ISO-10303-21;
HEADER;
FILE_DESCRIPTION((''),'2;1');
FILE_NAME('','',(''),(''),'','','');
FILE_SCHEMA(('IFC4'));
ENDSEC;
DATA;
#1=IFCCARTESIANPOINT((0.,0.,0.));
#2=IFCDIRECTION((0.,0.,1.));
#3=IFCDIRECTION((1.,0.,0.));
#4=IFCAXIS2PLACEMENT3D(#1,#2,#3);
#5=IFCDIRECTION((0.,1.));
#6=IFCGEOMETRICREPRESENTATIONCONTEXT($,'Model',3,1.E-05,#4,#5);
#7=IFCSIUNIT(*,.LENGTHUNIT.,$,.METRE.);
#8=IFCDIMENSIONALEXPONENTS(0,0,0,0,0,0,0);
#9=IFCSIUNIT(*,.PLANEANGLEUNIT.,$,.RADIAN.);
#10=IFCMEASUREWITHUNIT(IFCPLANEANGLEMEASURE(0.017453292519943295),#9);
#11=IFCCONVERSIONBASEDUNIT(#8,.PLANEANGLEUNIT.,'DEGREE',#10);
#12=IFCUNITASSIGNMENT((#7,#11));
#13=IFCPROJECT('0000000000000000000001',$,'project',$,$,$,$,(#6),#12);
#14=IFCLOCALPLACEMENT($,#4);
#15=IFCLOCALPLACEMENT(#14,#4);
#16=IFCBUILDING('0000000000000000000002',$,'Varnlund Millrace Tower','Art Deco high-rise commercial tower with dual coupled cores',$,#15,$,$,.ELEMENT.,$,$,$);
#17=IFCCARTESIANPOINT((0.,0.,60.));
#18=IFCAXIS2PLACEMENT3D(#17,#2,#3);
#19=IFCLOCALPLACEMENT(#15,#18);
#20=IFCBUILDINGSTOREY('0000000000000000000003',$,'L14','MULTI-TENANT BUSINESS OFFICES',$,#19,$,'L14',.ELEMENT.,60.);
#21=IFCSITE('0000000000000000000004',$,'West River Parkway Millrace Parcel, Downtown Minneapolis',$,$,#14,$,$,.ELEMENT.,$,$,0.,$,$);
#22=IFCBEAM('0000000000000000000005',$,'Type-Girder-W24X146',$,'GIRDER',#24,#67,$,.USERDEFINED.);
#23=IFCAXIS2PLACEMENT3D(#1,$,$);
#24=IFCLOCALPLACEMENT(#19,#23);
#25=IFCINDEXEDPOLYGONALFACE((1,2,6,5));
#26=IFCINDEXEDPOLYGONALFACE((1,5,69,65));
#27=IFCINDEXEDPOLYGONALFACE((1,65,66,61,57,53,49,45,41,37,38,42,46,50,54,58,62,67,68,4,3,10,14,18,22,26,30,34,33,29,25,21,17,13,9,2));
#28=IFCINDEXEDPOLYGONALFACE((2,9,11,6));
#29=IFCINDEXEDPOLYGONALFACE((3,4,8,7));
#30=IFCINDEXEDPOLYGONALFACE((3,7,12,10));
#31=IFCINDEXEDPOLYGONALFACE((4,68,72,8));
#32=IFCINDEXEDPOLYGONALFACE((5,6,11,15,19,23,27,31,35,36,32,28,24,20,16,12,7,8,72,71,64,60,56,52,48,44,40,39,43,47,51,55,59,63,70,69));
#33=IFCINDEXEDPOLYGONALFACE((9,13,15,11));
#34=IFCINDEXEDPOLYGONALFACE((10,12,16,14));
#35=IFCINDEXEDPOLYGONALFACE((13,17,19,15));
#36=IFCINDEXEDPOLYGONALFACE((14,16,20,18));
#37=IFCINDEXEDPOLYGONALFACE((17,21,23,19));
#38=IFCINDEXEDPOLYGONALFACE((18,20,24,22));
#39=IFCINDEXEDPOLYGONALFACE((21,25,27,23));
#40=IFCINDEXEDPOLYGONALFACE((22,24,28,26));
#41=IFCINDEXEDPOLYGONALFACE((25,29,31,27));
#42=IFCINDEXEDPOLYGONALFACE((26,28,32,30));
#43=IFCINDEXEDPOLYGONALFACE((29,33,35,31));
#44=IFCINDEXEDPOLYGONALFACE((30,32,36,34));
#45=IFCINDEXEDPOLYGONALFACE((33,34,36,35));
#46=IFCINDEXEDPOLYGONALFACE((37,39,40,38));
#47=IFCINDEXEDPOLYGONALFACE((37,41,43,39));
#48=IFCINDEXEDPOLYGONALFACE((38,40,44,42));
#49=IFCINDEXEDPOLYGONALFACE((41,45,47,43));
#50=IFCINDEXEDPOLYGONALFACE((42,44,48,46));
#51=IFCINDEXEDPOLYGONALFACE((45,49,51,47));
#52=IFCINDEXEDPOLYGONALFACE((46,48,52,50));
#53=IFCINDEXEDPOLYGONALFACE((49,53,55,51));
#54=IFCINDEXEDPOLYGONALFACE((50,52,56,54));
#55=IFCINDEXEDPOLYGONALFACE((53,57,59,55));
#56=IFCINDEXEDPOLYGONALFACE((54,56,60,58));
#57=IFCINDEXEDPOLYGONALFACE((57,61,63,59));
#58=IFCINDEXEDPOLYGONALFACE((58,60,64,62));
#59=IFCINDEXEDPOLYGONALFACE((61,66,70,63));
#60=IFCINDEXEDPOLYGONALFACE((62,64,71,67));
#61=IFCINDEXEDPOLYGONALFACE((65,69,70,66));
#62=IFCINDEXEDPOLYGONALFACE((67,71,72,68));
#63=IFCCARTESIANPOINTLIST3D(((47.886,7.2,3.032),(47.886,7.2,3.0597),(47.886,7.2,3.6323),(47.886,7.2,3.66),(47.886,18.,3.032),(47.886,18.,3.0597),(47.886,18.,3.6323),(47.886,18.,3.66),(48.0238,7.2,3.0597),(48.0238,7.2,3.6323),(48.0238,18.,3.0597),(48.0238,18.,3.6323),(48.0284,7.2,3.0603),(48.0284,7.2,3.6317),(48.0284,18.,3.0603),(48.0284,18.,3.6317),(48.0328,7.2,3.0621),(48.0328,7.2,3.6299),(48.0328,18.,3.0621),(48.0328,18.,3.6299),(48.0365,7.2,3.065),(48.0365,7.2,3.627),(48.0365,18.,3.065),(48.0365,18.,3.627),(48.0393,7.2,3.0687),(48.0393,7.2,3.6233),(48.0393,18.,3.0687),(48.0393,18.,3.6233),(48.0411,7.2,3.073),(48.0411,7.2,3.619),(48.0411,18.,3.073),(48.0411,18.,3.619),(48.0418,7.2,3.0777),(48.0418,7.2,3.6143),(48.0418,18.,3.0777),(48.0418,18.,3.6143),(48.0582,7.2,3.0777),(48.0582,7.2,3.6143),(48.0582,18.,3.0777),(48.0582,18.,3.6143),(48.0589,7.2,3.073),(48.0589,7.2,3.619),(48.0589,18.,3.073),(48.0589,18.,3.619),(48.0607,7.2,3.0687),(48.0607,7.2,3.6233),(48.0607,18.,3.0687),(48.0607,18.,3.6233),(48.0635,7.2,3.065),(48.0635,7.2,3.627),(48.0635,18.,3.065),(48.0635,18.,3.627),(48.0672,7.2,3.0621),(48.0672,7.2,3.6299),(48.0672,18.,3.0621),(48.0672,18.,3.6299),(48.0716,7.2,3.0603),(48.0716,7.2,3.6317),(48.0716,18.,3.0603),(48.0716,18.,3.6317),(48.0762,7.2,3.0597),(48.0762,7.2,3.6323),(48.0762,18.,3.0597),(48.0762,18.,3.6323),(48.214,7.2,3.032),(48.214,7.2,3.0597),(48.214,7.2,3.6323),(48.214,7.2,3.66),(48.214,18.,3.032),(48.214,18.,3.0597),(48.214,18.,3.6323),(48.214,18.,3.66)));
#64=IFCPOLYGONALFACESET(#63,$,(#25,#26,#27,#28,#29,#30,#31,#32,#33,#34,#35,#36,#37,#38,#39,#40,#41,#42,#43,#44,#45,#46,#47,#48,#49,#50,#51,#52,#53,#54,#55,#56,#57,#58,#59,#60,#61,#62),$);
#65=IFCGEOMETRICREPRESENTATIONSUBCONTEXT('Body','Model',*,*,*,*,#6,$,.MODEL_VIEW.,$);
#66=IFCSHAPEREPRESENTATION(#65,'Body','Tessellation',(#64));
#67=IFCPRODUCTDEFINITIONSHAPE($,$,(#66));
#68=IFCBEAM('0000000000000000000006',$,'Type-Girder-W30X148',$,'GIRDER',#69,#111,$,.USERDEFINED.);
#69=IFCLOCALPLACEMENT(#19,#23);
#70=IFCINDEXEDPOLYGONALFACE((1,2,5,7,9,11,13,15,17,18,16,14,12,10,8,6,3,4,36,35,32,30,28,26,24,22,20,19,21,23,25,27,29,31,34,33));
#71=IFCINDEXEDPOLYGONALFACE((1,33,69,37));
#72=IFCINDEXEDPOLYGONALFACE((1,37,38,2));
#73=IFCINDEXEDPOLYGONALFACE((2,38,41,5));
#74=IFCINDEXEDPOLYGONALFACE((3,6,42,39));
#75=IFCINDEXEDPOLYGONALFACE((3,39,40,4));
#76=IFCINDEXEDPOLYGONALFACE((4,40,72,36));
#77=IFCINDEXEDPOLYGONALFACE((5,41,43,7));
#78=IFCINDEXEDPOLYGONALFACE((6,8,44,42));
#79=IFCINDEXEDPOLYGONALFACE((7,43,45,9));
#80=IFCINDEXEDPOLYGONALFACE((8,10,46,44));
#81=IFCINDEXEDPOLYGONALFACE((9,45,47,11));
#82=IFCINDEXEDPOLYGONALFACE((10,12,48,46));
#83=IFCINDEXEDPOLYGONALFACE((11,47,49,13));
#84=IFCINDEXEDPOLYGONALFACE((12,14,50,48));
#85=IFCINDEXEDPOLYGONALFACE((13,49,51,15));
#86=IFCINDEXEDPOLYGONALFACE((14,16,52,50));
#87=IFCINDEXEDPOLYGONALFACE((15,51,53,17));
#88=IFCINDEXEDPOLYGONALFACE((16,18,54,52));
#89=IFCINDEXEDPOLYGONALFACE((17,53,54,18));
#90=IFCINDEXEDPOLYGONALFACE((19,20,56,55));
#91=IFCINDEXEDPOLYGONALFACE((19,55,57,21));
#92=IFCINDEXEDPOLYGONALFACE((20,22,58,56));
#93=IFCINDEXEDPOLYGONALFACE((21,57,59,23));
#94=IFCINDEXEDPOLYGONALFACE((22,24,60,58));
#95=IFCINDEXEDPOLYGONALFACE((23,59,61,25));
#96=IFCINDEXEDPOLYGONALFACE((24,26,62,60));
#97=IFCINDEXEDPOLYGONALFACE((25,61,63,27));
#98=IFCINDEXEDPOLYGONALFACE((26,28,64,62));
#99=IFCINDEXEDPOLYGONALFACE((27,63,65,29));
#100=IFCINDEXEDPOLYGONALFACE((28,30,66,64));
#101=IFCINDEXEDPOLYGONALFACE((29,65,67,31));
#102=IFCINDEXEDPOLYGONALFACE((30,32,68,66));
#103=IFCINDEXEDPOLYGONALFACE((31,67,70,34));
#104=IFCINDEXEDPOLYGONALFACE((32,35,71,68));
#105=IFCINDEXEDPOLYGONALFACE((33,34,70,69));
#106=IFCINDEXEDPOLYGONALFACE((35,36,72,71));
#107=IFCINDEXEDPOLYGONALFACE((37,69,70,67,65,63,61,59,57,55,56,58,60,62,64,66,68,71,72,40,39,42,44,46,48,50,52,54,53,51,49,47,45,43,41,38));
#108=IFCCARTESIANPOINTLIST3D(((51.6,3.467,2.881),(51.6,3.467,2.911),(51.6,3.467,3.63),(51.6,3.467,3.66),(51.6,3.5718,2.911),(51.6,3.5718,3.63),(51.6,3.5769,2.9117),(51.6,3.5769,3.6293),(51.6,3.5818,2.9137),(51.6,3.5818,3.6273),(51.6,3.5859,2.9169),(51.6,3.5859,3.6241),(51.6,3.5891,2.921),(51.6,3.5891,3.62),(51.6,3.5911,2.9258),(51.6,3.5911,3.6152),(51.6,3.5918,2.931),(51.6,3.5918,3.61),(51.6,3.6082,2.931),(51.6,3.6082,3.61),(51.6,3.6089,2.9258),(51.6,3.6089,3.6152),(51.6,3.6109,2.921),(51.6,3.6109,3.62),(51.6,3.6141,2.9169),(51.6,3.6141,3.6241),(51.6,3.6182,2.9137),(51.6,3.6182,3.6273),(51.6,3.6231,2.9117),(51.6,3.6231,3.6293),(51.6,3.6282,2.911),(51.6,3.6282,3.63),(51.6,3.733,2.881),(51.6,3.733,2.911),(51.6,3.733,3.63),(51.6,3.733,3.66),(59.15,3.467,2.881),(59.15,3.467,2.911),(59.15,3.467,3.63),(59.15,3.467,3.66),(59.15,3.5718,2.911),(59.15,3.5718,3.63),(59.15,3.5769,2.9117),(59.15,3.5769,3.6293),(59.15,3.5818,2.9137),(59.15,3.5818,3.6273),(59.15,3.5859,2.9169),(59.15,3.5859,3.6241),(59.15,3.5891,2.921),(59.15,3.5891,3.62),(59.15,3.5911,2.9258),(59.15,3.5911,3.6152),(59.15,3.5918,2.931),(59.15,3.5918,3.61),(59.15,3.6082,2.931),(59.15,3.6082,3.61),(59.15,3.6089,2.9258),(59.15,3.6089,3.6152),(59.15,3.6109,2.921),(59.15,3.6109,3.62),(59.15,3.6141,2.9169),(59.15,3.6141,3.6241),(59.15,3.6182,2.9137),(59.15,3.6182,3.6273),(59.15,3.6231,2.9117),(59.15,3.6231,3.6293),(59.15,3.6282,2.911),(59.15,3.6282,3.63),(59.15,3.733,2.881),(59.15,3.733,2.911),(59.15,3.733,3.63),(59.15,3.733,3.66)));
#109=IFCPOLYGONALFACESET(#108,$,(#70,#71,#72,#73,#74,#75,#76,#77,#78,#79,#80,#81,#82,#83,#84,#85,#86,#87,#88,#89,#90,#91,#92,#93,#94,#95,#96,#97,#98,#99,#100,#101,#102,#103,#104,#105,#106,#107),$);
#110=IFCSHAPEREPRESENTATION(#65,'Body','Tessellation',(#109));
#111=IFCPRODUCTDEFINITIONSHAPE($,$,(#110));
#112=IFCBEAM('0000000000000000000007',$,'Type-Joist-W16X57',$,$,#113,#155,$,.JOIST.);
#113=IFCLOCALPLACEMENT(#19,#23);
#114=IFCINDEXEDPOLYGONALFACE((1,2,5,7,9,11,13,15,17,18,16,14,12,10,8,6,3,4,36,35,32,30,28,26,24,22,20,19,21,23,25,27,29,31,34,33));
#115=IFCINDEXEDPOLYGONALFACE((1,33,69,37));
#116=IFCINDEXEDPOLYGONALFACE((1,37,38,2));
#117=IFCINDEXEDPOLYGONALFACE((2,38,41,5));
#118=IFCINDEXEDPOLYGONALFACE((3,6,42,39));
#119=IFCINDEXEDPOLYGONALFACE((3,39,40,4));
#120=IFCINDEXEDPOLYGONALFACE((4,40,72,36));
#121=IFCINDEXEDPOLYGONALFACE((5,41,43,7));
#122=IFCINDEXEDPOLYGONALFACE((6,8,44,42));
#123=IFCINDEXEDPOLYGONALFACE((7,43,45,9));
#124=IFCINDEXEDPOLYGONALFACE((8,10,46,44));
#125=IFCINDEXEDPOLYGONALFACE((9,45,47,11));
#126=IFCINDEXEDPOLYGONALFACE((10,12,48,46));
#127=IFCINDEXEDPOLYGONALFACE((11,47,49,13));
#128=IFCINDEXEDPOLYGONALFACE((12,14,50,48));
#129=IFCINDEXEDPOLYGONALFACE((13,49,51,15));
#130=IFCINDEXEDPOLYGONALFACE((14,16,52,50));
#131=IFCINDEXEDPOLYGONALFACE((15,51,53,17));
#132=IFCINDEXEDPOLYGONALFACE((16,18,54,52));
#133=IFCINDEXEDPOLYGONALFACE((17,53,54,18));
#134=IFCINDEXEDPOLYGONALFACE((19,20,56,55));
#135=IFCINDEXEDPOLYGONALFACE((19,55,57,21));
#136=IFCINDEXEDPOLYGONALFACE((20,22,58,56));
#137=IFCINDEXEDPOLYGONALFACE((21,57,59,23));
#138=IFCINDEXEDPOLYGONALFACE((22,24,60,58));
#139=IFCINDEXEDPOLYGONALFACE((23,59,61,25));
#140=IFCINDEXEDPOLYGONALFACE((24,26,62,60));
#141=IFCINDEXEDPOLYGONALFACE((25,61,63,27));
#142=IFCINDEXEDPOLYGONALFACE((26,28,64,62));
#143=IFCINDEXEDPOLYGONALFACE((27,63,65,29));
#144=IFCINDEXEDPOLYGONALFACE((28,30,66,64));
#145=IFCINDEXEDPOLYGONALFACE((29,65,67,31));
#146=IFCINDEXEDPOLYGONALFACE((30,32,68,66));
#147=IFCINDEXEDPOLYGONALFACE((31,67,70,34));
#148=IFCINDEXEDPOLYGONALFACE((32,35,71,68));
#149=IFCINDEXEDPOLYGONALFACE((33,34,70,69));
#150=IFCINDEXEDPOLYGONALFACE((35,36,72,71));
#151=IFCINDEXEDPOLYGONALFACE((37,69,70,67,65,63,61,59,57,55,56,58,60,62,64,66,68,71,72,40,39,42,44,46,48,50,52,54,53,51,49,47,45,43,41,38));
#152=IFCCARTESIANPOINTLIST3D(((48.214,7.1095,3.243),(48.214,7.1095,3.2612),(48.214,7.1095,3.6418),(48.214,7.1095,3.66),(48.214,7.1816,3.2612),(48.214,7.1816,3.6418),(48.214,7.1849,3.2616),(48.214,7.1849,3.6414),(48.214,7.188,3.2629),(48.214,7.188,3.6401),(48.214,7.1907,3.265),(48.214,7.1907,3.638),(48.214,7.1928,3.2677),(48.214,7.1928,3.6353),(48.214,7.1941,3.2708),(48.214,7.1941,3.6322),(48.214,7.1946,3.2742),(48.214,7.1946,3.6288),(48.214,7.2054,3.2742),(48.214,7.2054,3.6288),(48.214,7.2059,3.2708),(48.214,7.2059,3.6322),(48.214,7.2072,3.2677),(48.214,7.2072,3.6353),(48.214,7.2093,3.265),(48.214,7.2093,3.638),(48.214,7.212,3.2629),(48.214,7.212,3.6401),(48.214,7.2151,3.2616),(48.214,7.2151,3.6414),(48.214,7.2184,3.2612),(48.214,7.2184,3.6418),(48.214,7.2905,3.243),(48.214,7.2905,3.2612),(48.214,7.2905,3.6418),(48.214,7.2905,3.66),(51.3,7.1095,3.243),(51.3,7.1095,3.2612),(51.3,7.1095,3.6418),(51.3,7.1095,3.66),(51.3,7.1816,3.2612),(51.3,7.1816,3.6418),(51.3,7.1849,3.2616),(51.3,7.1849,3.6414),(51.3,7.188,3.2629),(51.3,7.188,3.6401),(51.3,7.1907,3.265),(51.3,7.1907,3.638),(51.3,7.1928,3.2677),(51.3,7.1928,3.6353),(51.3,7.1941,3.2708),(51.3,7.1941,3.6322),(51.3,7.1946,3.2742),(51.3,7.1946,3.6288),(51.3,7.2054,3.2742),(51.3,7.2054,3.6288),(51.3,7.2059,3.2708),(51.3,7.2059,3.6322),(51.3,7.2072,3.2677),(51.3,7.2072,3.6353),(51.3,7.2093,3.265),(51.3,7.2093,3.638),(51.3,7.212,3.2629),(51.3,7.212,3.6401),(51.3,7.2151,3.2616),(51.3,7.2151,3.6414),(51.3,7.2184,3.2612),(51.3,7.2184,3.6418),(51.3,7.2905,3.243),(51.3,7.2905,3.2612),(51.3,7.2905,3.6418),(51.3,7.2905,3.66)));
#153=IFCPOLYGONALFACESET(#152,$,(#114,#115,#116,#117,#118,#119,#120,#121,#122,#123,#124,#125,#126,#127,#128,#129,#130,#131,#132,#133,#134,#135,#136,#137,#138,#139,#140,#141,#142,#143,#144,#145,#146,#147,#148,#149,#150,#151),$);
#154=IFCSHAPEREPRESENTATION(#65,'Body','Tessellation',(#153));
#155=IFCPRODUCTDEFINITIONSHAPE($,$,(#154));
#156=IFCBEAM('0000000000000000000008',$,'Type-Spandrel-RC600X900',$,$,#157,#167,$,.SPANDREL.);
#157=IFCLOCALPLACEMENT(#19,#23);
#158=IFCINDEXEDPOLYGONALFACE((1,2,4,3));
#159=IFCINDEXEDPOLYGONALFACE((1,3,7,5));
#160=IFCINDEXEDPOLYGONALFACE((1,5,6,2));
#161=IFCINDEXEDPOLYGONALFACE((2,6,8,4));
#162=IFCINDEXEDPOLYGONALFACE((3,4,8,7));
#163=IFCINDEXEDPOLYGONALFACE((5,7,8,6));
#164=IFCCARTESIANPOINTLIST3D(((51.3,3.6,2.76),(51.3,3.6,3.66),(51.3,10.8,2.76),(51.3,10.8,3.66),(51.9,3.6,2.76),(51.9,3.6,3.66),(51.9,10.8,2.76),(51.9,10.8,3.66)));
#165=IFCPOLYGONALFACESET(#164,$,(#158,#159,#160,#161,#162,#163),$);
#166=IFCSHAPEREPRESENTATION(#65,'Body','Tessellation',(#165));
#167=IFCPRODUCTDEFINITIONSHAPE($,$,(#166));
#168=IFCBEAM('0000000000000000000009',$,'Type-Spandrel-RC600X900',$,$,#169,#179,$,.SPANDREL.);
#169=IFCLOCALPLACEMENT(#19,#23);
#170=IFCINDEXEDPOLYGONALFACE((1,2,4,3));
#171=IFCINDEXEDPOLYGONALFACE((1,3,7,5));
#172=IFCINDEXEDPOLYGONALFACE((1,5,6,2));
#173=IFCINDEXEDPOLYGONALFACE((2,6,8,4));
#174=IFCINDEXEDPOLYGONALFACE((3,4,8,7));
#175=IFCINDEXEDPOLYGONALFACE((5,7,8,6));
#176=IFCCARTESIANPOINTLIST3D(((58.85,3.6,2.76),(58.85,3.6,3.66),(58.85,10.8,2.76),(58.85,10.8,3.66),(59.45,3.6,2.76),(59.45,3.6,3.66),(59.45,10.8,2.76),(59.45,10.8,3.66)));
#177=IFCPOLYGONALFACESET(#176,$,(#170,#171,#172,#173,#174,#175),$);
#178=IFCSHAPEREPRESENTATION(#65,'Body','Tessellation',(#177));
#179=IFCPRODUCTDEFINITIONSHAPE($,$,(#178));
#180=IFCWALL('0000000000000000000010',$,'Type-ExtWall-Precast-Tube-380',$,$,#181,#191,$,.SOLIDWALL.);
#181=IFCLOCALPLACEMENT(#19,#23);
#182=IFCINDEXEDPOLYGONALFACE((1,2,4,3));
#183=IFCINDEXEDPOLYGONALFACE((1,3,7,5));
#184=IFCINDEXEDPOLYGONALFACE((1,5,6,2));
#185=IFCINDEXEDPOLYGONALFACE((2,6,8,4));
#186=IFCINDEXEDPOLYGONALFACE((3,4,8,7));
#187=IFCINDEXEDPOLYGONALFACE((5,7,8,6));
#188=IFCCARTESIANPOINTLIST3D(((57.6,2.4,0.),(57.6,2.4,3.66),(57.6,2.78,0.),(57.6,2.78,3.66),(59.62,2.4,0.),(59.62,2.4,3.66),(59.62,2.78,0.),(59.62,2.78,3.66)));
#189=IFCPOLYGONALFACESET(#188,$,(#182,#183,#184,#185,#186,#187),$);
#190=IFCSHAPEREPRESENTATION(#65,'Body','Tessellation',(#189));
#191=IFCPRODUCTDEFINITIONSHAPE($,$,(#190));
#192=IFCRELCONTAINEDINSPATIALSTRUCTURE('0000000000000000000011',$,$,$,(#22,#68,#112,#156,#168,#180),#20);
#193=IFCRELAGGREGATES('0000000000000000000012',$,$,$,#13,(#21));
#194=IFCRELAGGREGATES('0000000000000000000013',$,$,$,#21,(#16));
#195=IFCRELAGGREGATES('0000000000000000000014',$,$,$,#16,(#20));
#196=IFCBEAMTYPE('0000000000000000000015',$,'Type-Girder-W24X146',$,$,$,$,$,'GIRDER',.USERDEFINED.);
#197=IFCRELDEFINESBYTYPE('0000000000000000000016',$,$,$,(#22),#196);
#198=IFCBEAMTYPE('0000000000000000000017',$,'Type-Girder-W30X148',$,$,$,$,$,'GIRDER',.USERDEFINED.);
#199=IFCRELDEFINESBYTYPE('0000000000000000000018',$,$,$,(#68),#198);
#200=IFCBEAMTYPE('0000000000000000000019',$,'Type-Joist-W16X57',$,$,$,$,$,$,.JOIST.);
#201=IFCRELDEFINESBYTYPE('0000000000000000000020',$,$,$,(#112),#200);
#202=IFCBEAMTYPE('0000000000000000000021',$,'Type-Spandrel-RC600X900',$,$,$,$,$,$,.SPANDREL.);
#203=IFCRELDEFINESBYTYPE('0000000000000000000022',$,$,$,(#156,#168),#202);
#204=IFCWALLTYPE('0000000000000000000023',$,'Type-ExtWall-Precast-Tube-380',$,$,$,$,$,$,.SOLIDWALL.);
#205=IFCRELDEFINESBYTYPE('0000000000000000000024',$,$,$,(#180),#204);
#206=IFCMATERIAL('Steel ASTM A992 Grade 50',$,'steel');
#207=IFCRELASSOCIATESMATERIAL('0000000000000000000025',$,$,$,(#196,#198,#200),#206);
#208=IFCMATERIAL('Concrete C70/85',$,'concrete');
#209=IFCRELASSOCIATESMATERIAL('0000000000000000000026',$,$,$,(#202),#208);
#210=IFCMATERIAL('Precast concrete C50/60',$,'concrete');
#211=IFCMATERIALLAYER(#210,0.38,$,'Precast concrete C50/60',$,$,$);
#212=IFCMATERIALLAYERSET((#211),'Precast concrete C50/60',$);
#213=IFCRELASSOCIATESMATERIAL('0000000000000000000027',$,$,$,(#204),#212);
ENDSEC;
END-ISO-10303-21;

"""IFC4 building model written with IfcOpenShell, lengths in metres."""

from ifc_helpers import new_model, entity, si_unit, converted_unit, direction, frame, origin_with_axes, origin_2d_with_axis, place, context, subcontext, project, spatial, polyline, rectangle, i_section, outline, extrude, material, layer, layer_set, material_profile, profile_set, type_object, element, save


model = new_model("IFC4")

# Units and contexts
model_context = context("Model", 3, precision=1e-05, world=origin_with_axes(), true_north=direction((0.0, 1.0)))
body_context = subcontext(model_context, "Body", "Model", "MODEL_VIEW")
ifc_project = project(units=[si_unit("LENGTHUNIT", "METRE"), converted_unit("PLANEANGLEUNIT", "DEGREE", entity("IfcPlaneAngleMeasure", 0.017453292519943295), si_unit("PLANEANGLEUNIT", "RADIAN"), dimensions=[0, 0, 0, 0, 0, 0, 0])], contexts=[model_context])

# Site, building, storey
site_placement = place(None, origin_with_axes())
site = spatial("IfcSite", under=ifc_project, at=site_placement, Name="West River Parkway Millrace Parcel, Downtown Minneapolis", CompositionType="ELEMENT", RefElevation=0.0)
building_placement = place(site_placement, origin_with_axes())
building = spatial("IfcBuilding", under=site, at=building_placement, Name="Varnlund Millrace Tower", Description="Art Deco high-rise commercial tower with dual coupled cores", CompositionType="ELEMENT")
storey_placement = place(building_placement, frame((0.0, 0.0, 60.0), z_axis=(0.0, 0.0, 1.0), x_axis=(1.0, 0.0, 0.0)))
storey = spatial("IfcBuildingStorey", under=building, at=storey_placement, Name="L14", Description="MULTI-TENANT BUSINESS OFFICES", LongName="L14", CompositionType="ELEMENT", Elevation=60.0)

# Beams
ifc_material_1 = material(Name="Steel ASTM A992 Grade 50", Category="steel")
ifc_material_profile_1 = material_profile(ifc_material_1, i_section(OverallWidth=0.328, OverallDepth=0.628, WebThickness=0.0165, FlangeThickness=0.0277, FilletRadius=0.018, at=origin_2d_with_axis()), Name="Steel ASTM A992 Grade 50")
ifc_profile_set_1 = profile_set([ifc_material_profile_1], Name="Steel ASTM A992 Grade 50")
beam_type_1 = type_object("IfcBeamType", Name="Type-Girder-W24X146", ElementType="GIRDER", PredefinedType="USERDEFINED", material=ifc_profile_set_1)
beam_1_placement = place(storey_placement, frame((48.05, 7.2, 3.346), z_axis=(0.0, 1.0, 0.0), x_axis=(-1.0, 0.0, 0.0)))
element("IfcBeam", 1, at=beam_1_placement, inside=storey, type_object=beam_type_1, Name="Type-Girder-W24X146", ObjectType="GIRDER", PredefinedType="USERDEFINED", context=body_context, shape_type="SweptSolid", body=[
    extrude(i_section(OverallWidth=0.328, OverallDepth=0.628, WebThickness=0.0165, FlangeThickness=0.0277, FilletRadius=0.018, at=origin_2d_with_axis()), origin_with_axes(), (0.0, 0.0, 1.0), 10.8),
])
ifc_material_profile_2 = material_profile(ifc_material_1, i_section(OverallWidth=0.266, OverallDepth=0.779, WebThickness=0.0165, FlangeThickness=0.03, FilletRadius=0.02, at=origin_2d_with_axis()), Name="Steel ASTM A992 Grade 50")
ifc_profile_set_2 = profile_set([ifc_material_profile_2], Name="Steel ASTM A992 Grade 50")
beam_type_2 = type_object("IfcBeamType", Name="Type-Girder-W30X148", ElementType="GIRDER", PredefinedType="USERDEFINED", material=ifc_profile_set_2)
beam_2_placement = place(storey_placement, frame((51.6, 3.6, 3.2705), z_axis=(1.0, 0.0, 0.0), x_axis=(0.0, 1.0, 0.0)))
element("IfcBeam", 2, at=beam_2_placement, inside=storey, type_object=beam_type_2, Name="Type-Girder-W30X148", ObjectType="GIRDER", PredefinedType="USERDEFINED", context=body_context, shape_type="SweptSolid", body=[
    extrude(i_section(OverallWidth=0.266, OverallDepth=0.779, WebThickness=0.0165, FlangeThickness=0.03, FilletRadius=0.02, at=origin_2d_with_axis()), origin_with_axes(), (0.0, 0.0, 1.0), 7.55),
])
ifc_material_profile_3 = material_profile(ifc_material_1, i_section(OverallWidth=0.181, OverallDepth=0.417, WebThickness=0.0109, FlangeThickness=0.0182, FilletRadius=0.013, at=origin_2d_with_axis()), Name="Steel ASTM A992 Grade 50")
ifc_profile_set_3 = profile_set([ifc_material_profile_3], Name="Steel ASTM A992 Grade 50")
beam_type_3 = type_object("IfcBeamType", Name="Type-Joist-W16X57", PredefinedType="JOIST", material=ifc_profile_set_3)
beam_3_placement = place(storey_placement, frame((48.214, 7.2, 3.4515), z_axis=(1.0, 0.0, 0.0), x_axis=(0.0, 1.0, 0.0)))
element("IfcBeam", 3, at=beam_3_placement, inside=storey, type_object=beam_type_3, Name="Type-Joist-W16X57", PredefinedType="JOIST", context=body_context, shape_type="SweptSolid", body=[
    extrude(i_section(OverallWidth=0.181, OverallDepth=0.417, WebThickness=0.0109, FlangeThickness=0.0182, FilletRadius=0.013, at=origin_2d_with_axis()), origin_with_axes(), (0.0, 0.0, 1.0), 3.086),
])
ifc_material_2 = material(Name="Concrete C70/85", Category="concrete")
ifc_material_profile_4 = material_profile(ifc_material_2, rectangle(XDim=0.6, YDim=0.9, at=origin_2d_with_axis()), Name="Concrete C70/85")
ifc_profile_set_4 = profile_set([ifc_material_profile_4], Name="Concrete C70/85")
beam_type_4 = type_object("IfcBeamType", Name="Type-Spandrel-RC600X900", PredefinedType="SPANDREL", material=ifc_profile_set_4)
for number, where, z_axis, x_axis, name in (
    (4, (51.6, 3.6, 3.21), (0.0, 1.0, 0.0), (-1.0, 0.0, 0.0), "Type-Spandrel-RC600X900"),
    (5, (59.15, 3.6, 3.21), (0.0, 1.0, 0.0), (-1.0, 0.0, 0.0), "Type-Spandrel-RC600X900"),
):
    element("IfcBeam", number, at=place(storey_placement, frame(where, z_axis=z_axis, x_axis=x_axis)), inside=storey, type_object=beam_type_4, Name=name, PredefinedType="SPANDREL", context=body_context, shape_type="SweptSolid", body=[
        extrude(rectangle(XDim=0.6, YDim=0.9, at=origin_2d_with_axis()), origin_with_axes(), (0.0, 0.0, 1.0), 7.2),
    ])

# Wall
ifc_material_3 = material(Name="Precast concrete C50/60", Category="concrete")
ifc_layer = layer(ifc_material_3, 0.38, Name="Precast concrete C50/60")
ifc_layer_set = layer_set([ifc_layer], Name="Precast concrete C50/60")
wall_type = type_object("IfcWallType", Name="Type-ExtWall-Precast-Tube-380", PredefinedType="SOLIDWALL", material=ifc_layer_set)
wall_1_placement = place(storey_placement, frame((59.62, 2.59, 0.0), z_axis=(0.0, 0.0, 1.0), x_axis=(-1.0, 0.0, 0.0)))
element("IfcWall", 6, at=wall_1_placement, inside=storey, type_object=wall_type, Name="Type-ExtWall-Precast-Tube-380", PredefinedType="SOLIDWALL", context=body_context, shape_type="SweptSolid", body=[
    extrude(outline(polyline([(0.0, -0.19), (2.02, -0.19), (2.02, 0.19), (0.0, 0.19), (0.0, -0.19)])), origin_with_axes(), (0.0, 0.0, 1.0), 3.66),
])

save(model, "model.ifc")
